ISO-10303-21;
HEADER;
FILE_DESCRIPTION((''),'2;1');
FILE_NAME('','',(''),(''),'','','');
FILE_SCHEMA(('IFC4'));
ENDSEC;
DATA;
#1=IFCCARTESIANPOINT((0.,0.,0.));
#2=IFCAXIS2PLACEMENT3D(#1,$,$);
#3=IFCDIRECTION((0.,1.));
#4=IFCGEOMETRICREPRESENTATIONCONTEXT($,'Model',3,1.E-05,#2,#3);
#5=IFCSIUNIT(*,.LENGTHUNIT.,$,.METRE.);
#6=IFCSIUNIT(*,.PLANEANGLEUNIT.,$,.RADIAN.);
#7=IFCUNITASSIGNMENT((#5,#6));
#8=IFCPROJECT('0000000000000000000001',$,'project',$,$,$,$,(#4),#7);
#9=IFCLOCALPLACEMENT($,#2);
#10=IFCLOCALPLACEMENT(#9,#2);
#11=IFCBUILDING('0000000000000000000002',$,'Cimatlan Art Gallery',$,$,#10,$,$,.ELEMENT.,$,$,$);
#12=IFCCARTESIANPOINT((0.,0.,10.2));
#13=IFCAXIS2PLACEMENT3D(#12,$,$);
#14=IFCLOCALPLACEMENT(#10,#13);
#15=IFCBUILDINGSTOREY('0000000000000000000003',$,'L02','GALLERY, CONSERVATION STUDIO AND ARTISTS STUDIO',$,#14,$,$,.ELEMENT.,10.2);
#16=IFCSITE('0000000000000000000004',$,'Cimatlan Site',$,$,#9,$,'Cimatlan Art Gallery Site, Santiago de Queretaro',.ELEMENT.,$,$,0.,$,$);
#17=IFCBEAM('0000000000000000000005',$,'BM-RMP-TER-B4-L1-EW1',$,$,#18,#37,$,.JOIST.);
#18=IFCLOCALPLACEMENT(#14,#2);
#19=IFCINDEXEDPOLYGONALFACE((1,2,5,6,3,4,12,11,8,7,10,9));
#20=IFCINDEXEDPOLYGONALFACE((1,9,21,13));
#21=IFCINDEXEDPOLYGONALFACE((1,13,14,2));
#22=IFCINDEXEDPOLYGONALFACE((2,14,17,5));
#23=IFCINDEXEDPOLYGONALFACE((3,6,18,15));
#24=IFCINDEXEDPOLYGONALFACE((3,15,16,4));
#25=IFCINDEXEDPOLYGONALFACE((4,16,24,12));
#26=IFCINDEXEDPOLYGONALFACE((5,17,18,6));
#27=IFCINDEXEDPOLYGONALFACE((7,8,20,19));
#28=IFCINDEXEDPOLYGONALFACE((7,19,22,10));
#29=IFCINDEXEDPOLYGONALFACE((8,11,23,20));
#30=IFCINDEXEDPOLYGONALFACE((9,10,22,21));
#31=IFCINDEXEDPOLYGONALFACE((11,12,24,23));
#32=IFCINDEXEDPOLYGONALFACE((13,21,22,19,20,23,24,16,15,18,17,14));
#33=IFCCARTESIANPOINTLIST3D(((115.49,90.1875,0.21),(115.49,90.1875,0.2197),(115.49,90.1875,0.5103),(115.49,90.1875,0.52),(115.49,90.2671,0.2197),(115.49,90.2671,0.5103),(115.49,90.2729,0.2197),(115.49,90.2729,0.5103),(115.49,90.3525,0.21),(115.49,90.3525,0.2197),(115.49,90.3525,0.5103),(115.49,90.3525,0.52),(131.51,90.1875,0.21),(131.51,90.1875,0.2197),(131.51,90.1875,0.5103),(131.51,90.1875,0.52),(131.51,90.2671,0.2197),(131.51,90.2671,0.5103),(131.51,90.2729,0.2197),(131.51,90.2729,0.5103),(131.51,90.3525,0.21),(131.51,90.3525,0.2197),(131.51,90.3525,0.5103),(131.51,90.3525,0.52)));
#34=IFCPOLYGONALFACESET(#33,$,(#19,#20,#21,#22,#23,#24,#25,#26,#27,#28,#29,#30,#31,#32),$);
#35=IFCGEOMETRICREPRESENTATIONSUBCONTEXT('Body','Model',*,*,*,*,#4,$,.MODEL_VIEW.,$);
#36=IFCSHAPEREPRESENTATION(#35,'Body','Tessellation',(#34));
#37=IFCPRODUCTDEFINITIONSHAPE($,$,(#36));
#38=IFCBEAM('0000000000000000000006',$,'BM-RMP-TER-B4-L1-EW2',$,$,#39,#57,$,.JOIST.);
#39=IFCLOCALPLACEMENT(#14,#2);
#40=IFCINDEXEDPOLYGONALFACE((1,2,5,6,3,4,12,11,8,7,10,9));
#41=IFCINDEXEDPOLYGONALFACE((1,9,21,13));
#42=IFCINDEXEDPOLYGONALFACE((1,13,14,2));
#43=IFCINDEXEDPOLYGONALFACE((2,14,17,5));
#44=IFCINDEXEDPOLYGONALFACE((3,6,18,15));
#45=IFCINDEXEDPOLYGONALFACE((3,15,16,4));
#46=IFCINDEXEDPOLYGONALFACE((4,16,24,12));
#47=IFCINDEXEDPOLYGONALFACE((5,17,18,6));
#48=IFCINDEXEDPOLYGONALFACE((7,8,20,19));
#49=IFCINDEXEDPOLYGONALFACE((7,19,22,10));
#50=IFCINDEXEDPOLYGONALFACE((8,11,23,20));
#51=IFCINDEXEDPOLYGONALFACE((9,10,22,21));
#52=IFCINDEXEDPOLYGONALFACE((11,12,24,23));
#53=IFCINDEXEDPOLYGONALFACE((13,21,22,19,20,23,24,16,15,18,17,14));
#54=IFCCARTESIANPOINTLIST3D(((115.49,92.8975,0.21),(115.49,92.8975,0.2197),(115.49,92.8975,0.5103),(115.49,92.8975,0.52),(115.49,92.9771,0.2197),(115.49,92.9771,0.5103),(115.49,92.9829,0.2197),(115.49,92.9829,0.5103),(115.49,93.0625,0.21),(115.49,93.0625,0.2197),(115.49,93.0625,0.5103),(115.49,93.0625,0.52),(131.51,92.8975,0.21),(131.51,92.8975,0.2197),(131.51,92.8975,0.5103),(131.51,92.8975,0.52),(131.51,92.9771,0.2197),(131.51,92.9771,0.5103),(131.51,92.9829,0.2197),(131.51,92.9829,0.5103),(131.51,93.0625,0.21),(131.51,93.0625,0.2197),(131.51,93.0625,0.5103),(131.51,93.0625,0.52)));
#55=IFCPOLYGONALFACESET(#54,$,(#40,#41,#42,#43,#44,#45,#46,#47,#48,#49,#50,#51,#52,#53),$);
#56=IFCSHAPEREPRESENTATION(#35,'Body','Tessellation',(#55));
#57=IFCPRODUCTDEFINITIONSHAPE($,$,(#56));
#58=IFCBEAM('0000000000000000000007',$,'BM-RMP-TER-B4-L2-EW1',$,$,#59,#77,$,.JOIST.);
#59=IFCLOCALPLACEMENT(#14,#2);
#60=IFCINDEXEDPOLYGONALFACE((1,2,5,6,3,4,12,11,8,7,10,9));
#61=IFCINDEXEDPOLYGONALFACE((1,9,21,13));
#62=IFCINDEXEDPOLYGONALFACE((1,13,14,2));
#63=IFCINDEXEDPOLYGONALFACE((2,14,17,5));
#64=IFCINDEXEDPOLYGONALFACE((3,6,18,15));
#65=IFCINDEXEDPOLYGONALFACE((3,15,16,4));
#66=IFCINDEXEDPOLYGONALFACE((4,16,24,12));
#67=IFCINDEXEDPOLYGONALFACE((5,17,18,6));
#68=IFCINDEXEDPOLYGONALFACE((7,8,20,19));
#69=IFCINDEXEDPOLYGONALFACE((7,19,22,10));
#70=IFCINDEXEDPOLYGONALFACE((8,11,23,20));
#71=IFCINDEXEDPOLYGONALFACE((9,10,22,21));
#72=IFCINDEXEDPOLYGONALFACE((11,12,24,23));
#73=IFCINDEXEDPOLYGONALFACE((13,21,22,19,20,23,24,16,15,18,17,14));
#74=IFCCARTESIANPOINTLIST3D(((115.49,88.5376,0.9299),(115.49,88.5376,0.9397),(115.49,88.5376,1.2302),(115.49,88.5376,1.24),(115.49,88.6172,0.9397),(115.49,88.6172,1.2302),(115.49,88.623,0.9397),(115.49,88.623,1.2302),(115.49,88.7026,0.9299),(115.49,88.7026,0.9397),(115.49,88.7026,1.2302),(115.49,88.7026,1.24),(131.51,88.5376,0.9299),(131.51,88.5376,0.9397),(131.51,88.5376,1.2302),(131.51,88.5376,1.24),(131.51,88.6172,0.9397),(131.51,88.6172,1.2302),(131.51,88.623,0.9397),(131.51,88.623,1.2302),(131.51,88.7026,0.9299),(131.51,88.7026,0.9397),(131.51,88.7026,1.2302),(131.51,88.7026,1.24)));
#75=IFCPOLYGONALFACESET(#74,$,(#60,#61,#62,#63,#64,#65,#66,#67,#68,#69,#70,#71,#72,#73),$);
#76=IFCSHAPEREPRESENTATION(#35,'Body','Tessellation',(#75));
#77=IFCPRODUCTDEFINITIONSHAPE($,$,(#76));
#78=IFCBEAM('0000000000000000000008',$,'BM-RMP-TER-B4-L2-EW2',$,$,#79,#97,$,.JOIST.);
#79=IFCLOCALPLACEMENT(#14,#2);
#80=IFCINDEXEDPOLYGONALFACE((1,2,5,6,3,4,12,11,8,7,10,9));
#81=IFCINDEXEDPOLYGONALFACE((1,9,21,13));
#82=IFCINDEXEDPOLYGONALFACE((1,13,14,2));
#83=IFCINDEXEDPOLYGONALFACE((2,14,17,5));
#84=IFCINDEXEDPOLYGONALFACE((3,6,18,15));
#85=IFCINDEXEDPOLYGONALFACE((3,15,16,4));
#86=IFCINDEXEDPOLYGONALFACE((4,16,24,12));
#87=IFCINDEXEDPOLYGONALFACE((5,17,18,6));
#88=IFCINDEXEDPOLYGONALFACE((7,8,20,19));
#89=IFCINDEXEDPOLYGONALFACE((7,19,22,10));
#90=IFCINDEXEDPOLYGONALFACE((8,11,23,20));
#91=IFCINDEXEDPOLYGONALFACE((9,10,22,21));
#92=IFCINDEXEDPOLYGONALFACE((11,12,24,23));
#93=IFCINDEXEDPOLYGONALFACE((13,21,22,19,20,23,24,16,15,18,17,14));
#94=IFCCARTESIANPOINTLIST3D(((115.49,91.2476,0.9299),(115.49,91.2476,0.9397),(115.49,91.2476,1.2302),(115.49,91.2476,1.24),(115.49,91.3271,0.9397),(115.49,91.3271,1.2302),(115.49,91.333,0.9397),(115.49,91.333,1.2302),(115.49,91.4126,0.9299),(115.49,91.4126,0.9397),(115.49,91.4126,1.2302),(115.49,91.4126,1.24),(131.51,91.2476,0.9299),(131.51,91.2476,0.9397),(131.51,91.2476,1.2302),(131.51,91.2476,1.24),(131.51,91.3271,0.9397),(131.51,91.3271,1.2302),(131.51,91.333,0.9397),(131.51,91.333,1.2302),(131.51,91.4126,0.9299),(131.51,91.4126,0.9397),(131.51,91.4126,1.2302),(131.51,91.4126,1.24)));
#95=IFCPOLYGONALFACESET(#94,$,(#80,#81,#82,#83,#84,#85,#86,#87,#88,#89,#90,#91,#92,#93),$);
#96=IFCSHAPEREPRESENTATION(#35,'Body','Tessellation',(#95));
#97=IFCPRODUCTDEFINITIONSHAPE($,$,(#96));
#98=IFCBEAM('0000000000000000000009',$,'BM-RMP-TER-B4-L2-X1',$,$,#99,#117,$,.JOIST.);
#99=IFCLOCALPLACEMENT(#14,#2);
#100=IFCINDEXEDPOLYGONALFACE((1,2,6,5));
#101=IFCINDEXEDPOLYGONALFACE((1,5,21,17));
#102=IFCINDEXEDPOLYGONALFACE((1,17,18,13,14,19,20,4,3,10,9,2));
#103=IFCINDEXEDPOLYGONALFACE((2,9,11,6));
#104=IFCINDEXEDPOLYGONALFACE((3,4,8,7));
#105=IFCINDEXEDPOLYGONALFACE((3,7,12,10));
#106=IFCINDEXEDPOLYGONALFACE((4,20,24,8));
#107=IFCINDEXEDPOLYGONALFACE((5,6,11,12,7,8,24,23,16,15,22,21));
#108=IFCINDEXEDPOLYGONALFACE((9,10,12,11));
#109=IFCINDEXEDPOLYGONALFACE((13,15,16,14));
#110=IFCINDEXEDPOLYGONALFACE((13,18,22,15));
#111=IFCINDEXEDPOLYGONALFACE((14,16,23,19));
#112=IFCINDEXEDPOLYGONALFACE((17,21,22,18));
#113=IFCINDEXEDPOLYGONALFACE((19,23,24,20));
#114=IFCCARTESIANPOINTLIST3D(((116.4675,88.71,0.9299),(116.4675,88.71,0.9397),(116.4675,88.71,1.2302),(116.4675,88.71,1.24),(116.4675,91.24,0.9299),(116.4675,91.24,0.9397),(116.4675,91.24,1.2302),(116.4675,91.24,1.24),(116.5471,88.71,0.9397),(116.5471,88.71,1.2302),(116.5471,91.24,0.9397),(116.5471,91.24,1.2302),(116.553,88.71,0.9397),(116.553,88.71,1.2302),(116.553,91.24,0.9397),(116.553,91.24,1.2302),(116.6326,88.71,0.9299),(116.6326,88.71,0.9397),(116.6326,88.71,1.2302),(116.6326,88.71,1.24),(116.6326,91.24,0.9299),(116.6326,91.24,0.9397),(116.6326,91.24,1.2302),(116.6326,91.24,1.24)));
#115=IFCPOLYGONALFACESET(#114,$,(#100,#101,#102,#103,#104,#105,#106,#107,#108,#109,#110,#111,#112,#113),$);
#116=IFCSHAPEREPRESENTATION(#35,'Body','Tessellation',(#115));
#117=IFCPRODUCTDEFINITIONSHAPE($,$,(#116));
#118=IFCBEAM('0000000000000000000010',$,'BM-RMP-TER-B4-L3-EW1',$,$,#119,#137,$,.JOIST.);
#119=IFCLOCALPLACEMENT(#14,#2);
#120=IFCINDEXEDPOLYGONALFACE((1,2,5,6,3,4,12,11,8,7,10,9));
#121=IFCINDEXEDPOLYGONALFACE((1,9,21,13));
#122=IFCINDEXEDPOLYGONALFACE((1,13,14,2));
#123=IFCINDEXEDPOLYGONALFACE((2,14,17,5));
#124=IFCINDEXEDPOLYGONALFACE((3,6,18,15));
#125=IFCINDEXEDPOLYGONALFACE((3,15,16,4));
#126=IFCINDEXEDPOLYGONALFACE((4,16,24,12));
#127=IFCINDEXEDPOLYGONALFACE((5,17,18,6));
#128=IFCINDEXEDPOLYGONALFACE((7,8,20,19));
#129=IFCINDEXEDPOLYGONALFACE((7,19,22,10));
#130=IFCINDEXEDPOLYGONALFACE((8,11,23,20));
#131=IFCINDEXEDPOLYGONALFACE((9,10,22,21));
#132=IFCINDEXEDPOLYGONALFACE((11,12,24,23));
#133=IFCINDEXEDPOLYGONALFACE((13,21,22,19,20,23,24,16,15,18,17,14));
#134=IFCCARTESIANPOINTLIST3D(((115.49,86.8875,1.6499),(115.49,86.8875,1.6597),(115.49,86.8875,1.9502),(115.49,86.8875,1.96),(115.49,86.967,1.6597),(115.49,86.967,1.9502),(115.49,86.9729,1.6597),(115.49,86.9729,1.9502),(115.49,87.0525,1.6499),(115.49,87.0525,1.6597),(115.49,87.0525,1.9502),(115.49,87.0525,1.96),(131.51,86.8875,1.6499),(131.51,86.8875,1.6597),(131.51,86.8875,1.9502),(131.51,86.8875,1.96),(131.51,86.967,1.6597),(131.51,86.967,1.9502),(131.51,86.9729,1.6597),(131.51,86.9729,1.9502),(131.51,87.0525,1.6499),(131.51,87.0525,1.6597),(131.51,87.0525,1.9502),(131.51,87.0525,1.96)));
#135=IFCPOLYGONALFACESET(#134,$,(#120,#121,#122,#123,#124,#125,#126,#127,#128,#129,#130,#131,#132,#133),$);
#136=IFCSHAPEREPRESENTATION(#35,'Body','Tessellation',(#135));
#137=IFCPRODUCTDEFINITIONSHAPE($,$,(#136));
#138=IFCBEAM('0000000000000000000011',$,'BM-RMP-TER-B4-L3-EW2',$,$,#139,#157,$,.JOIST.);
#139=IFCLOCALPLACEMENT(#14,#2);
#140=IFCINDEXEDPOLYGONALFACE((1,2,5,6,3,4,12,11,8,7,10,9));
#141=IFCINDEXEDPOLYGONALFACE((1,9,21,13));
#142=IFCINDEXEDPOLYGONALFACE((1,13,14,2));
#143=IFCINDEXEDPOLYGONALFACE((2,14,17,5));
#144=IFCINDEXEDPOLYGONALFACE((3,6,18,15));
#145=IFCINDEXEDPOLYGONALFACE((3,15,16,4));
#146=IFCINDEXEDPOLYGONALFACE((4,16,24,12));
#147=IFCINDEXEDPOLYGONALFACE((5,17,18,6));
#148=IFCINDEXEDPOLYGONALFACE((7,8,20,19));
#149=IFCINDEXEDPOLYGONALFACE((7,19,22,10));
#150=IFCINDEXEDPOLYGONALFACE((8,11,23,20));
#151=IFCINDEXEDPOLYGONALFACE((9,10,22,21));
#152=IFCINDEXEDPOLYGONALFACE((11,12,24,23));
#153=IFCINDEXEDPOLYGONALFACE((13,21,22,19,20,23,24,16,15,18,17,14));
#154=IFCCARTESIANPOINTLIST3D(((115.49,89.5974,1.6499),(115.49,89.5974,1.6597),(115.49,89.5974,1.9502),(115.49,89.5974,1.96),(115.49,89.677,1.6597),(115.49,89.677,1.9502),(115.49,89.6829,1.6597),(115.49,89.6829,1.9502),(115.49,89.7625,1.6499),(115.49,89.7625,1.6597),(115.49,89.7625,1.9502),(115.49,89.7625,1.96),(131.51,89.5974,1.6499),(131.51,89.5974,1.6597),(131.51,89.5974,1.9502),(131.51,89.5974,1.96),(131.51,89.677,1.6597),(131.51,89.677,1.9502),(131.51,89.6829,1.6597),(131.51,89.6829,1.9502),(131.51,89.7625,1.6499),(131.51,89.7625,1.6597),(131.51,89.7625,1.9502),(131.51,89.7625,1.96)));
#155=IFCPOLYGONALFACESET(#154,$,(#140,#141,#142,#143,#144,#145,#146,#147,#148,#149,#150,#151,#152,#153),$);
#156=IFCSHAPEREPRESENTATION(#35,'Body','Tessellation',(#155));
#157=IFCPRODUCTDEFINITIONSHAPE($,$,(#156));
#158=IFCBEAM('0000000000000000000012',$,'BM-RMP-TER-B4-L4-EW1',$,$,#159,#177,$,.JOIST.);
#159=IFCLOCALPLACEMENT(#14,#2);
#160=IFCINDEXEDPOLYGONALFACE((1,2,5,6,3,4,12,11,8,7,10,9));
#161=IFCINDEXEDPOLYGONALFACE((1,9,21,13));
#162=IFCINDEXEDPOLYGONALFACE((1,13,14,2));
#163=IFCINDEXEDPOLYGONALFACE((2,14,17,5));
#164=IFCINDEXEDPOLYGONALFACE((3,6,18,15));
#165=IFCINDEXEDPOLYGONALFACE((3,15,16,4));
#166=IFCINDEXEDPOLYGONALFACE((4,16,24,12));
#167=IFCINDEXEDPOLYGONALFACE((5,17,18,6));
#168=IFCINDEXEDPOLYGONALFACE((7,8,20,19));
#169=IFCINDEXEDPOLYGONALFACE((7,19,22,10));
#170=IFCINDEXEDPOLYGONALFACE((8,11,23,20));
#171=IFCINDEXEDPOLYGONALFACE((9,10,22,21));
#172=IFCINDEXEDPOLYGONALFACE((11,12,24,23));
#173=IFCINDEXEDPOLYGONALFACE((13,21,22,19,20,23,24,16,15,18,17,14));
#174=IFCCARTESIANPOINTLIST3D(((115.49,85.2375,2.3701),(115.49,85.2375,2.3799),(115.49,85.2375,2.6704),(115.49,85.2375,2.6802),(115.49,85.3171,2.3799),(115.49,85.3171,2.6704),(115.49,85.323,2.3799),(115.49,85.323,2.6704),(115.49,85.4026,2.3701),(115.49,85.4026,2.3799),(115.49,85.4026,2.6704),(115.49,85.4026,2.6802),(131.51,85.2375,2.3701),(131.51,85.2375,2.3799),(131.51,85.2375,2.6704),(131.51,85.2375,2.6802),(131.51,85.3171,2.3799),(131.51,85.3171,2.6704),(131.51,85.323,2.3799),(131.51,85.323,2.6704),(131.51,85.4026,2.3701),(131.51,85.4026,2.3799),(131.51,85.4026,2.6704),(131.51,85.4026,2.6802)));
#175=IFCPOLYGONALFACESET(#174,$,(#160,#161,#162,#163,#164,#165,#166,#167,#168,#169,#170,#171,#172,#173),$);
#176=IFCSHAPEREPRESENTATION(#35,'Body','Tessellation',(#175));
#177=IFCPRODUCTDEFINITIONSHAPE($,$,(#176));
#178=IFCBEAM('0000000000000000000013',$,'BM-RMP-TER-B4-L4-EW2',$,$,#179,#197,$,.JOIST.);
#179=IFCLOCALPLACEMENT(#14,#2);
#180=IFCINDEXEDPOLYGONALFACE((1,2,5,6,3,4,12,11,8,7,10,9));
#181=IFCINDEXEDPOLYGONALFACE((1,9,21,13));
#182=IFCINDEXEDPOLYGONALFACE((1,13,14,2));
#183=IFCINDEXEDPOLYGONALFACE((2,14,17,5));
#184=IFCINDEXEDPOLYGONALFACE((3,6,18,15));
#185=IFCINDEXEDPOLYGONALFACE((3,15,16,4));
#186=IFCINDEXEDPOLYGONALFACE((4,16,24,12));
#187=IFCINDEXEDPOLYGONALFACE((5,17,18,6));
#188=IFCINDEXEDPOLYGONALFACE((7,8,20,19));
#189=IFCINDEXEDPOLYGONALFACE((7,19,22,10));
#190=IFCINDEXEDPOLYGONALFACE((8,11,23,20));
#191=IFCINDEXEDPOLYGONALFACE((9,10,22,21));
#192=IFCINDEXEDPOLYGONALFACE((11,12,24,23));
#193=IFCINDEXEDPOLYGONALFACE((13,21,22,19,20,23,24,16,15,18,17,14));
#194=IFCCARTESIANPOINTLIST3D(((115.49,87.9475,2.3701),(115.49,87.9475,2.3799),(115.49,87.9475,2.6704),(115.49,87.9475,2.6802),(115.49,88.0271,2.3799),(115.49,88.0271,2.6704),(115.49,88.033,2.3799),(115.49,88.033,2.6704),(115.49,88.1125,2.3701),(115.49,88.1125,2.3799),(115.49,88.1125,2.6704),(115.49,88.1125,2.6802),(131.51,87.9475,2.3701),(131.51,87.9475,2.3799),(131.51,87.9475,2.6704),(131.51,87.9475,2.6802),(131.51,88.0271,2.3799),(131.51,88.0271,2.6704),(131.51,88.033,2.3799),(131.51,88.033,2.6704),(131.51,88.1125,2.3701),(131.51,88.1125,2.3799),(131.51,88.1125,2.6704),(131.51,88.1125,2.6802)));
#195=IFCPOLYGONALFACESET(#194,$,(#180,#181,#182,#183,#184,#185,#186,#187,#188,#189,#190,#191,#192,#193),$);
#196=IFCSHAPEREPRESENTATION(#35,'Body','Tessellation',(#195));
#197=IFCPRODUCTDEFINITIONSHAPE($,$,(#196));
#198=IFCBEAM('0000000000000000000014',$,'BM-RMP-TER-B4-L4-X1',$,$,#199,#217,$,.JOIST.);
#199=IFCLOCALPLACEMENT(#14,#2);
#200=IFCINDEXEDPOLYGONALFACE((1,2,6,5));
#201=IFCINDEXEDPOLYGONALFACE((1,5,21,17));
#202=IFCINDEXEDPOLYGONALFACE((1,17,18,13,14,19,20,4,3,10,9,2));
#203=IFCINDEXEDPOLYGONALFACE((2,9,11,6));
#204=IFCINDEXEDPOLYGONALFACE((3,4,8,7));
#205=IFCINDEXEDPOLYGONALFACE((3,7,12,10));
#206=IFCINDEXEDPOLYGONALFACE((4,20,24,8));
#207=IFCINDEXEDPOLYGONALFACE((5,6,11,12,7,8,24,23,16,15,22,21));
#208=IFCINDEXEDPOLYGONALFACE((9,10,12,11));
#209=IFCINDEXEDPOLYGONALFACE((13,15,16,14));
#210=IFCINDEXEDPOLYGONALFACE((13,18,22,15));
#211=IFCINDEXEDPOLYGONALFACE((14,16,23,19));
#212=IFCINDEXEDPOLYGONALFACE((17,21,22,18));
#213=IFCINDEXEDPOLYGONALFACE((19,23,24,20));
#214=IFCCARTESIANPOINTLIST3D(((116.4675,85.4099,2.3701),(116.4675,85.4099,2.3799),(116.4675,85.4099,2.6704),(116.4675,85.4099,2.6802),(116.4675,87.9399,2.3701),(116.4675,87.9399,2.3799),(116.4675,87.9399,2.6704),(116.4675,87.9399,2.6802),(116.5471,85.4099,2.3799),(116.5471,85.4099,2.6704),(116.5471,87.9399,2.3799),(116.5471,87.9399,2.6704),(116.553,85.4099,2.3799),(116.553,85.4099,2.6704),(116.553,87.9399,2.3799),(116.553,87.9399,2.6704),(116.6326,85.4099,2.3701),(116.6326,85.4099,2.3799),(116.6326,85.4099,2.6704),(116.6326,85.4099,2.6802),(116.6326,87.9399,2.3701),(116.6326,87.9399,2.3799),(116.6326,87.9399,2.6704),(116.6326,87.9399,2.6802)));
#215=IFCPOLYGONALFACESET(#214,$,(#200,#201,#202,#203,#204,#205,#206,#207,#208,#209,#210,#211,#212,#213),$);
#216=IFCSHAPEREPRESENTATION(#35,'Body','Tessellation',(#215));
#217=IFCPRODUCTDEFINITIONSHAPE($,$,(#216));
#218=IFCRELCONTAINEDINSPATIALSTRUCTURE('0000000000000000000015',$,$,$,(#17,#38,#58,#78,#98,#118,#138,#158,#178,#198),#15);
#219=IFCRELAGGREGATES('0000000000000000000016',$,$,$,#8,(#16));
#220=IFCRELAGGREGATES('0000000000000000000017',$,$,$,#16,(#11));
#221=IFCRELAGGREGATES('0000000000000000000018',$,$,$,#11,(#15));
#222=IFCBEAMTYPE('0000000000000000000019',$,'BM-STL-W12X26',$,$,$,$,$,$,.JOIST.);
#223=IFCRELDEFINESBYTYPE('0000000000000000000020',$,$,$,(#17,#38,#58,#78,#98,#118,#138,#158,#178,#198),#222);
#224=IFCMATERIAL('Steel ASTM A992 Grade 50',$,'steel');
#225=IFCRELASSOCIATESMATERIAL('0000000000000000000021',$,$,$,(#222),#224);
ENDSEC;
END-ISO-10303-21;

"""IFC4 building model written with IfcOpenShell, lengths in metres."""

from ifc_helpers import new_model, si_unit, direction, frame, origin, origin_2d, place, context, subcontext, project, spatial, i_section, extrude, material, material_profile, profile_set, type_object, element, save


model = new_model("IFC4")

# Units and contexts
model_context = context("Model", 3, precision=1e-05, world=origin(), true_north=direction((0.0, 1.0)))
body_context = subcontext(model_context, "Body", "Model", "MODEL_VIEW")
ifc_project = project(units=[si_unit("LENGTHUNIT", "METRE"), si_unit("PLANEANGLEUNIT", "RADIAN")], contexts=[model_context])

# Site, building, storey
site_placement = place(None, origin())
site = spatial("IfcSite", under=ifc_project, at=site_placement, Name="Cimatlan Site", LongName="Cimatlan Art Gallery Site, Santiago de Queretaro", CompositionType="ELEMENT", RefElevation=0.0)
building_placement = place(site_placement, origin())
building = spatial("IfcBuilding", under=site, at=building_placement, Name="Cimatlan Art Gallery", CompositionType="ELEMENT")
storey_placement = place(building_placement, frame((0.0, 0.0, 10.2)))
storey = spatial("IfcBuildingStorey", under=building, at=storey_placement, Name="L02", Description="GALLERY, CONSERVATION STUDIO AND ARTISTS STUDIO", CompositionType="ELEMENT", Elevation=10.2)

# Beams
ifc_material_1 = material(Name="Steel ASTM A992 Grade 50", Category="steel")
ifc_material_profile_1 = material_profile(ifc_material_1, i_section(OverallWidth=0.165, OverallDepth=0.3101, WebThickness=0.0059, FlangeThickness=0.0098, at=origin_2d()), Name="W12X26")
ifc_profile_set_1 = profile_set([ifc_material_profile_1], Name="Steel ASTM A992 Grade 50")
beam_type_1 = type_object("IfcBeamType", Name="BM-STL-W12X26", PredefinedType="JOIST", material=ifc_profile_set_1)
for number, where, z_axis, x_axis, name in (
    (1, (115.49, 90.27, 0.365), (1.0, 0.0, 0.0), (0.0, 1.0, 0.0), "BM-RMP-TER-B4-L1-EW1"),
    (2, (115.49, 92.98, 0.365), (1.0, 0.0, 0.0), (0.0, 1.0, 0.0), "BM-RMP-TER-B4-L1-EW2"),
    (3, (115.49, 88.6201, 1.085), (1.0, 0.0, 0.0), (0.0, 1.0, 0.0), "BM-RMP-TER-B4-L2-EW1"),
    (4, (115.49, 91.3301, 1.085), (1.0, 0.0, 0.0), (0.0, 1.0, 0.0), "BM-RMP-TER-B4-L2-EW2"),
):
    element("IfcBeam", number, at=place(storey_placement, frame(where, z_axis=z_axis, x_axis=x_axis)), inside=storey, type_object=beam_type_1, Name=name, PredefinedType="JOIST", context=body_context, shape_type="SweptSolid", body=[
        extrude(i_section(OverallWidth=0.165, OverallDepth=0.3101, WebThickness=0.0059, FlangeThickness=0.0098, at=origin_2d()), origin(), (0.0, 0.0, 1.0), 16.02),
    ])
beam_1_placement = place(storey_placement, frame((116.55, 88.71, 1.085), z_axis=(0.0, 1.0, 0.0), x_axis=(-1.0, 0.0, 0.0)))
element("IfcBeam", 5, at=beam_1_placement, inside=storey, type_object=beam_type_1, Name="BM-RMP-TER-B4-L2-X1", PredefinedType="JOIST", context=body_context, shape_type="SweptSolid", body=[
    extrude(i_section(OverallWidth=0.165, OverallDepth=0.3101, WebThickness=0.0059, FlangeThickness=0.0098, at=origin_2d()), origin(), (0.0, 0.0, 1.0), 2.53),
])
for number, where, z_axis, x_axis, name in (
    (6, (115.49, 86.97, 1.8049), (1.0, 0.0, 0.0), (0.0, 1.0, 0.0), "BM-RMP-TER-B4-L3-EW1"),
    (7, (115.49, 89.6799, 1.8049), (1.0, 0.0, 0.0), (0.0, 1.0, 0.0), "BM-RMP-TER-B4-L3-EW2"),
    (8, (115.49, 85.3201, 2.5251), (1.0, 0.0, 0.0), (0.0, 1.0, 0.0), "BM-RMP-TER-B4-L4-EW1"),
    (9, (115.49, 88.03, 2.5251), (1.0, 0.0, 0.0), (0.0, 1.0, 0.0), "BM-RMP-TER-B4-L4-EW2"),
):
    element("IfcBeam", number, at=place(storey_placement, frame(where, z_axis=z_axis, x_axis=x_axis)), inside=storey, type_object=beam_type_1, Name=name, PredefinedType="JOIST", context=body_context, shape_type="SweptSolid", body=[
        extrude(i_section(OverallWidth=0.165, OverallDepth=0.3101, WebThickness=0.0059, FlangeThickness=0.0098, at=origin_2d()), origin(), (0.0, 0.0, 1.0), 16.02),
    ])
beam_2_placement = place(storey_placement, frame((116.55, 85.4099, 2.5251), z_axis=(0.0, 1.0, 0.0), x_axis=(-1.0, 0.0, 0.0)))
element("IfcBeam", 10, at=beam_2_placement, inside=storey, type_object=beam_type_1, Name="BM-RMP-TER-B4-L4-X1", PredefinedType="JOIST", context=body_context, shape_type="SweptSolid", body=[
    extrude(i_section(OverallWidth=0.165, OverallDepth=0.3101, WebThickness=0.0059, FlangeThickness=0.0098, at=origin_2d()), origin(), (0.0, 0.0, 1.0), 2.53),
])

save(model, "model.ifc")
